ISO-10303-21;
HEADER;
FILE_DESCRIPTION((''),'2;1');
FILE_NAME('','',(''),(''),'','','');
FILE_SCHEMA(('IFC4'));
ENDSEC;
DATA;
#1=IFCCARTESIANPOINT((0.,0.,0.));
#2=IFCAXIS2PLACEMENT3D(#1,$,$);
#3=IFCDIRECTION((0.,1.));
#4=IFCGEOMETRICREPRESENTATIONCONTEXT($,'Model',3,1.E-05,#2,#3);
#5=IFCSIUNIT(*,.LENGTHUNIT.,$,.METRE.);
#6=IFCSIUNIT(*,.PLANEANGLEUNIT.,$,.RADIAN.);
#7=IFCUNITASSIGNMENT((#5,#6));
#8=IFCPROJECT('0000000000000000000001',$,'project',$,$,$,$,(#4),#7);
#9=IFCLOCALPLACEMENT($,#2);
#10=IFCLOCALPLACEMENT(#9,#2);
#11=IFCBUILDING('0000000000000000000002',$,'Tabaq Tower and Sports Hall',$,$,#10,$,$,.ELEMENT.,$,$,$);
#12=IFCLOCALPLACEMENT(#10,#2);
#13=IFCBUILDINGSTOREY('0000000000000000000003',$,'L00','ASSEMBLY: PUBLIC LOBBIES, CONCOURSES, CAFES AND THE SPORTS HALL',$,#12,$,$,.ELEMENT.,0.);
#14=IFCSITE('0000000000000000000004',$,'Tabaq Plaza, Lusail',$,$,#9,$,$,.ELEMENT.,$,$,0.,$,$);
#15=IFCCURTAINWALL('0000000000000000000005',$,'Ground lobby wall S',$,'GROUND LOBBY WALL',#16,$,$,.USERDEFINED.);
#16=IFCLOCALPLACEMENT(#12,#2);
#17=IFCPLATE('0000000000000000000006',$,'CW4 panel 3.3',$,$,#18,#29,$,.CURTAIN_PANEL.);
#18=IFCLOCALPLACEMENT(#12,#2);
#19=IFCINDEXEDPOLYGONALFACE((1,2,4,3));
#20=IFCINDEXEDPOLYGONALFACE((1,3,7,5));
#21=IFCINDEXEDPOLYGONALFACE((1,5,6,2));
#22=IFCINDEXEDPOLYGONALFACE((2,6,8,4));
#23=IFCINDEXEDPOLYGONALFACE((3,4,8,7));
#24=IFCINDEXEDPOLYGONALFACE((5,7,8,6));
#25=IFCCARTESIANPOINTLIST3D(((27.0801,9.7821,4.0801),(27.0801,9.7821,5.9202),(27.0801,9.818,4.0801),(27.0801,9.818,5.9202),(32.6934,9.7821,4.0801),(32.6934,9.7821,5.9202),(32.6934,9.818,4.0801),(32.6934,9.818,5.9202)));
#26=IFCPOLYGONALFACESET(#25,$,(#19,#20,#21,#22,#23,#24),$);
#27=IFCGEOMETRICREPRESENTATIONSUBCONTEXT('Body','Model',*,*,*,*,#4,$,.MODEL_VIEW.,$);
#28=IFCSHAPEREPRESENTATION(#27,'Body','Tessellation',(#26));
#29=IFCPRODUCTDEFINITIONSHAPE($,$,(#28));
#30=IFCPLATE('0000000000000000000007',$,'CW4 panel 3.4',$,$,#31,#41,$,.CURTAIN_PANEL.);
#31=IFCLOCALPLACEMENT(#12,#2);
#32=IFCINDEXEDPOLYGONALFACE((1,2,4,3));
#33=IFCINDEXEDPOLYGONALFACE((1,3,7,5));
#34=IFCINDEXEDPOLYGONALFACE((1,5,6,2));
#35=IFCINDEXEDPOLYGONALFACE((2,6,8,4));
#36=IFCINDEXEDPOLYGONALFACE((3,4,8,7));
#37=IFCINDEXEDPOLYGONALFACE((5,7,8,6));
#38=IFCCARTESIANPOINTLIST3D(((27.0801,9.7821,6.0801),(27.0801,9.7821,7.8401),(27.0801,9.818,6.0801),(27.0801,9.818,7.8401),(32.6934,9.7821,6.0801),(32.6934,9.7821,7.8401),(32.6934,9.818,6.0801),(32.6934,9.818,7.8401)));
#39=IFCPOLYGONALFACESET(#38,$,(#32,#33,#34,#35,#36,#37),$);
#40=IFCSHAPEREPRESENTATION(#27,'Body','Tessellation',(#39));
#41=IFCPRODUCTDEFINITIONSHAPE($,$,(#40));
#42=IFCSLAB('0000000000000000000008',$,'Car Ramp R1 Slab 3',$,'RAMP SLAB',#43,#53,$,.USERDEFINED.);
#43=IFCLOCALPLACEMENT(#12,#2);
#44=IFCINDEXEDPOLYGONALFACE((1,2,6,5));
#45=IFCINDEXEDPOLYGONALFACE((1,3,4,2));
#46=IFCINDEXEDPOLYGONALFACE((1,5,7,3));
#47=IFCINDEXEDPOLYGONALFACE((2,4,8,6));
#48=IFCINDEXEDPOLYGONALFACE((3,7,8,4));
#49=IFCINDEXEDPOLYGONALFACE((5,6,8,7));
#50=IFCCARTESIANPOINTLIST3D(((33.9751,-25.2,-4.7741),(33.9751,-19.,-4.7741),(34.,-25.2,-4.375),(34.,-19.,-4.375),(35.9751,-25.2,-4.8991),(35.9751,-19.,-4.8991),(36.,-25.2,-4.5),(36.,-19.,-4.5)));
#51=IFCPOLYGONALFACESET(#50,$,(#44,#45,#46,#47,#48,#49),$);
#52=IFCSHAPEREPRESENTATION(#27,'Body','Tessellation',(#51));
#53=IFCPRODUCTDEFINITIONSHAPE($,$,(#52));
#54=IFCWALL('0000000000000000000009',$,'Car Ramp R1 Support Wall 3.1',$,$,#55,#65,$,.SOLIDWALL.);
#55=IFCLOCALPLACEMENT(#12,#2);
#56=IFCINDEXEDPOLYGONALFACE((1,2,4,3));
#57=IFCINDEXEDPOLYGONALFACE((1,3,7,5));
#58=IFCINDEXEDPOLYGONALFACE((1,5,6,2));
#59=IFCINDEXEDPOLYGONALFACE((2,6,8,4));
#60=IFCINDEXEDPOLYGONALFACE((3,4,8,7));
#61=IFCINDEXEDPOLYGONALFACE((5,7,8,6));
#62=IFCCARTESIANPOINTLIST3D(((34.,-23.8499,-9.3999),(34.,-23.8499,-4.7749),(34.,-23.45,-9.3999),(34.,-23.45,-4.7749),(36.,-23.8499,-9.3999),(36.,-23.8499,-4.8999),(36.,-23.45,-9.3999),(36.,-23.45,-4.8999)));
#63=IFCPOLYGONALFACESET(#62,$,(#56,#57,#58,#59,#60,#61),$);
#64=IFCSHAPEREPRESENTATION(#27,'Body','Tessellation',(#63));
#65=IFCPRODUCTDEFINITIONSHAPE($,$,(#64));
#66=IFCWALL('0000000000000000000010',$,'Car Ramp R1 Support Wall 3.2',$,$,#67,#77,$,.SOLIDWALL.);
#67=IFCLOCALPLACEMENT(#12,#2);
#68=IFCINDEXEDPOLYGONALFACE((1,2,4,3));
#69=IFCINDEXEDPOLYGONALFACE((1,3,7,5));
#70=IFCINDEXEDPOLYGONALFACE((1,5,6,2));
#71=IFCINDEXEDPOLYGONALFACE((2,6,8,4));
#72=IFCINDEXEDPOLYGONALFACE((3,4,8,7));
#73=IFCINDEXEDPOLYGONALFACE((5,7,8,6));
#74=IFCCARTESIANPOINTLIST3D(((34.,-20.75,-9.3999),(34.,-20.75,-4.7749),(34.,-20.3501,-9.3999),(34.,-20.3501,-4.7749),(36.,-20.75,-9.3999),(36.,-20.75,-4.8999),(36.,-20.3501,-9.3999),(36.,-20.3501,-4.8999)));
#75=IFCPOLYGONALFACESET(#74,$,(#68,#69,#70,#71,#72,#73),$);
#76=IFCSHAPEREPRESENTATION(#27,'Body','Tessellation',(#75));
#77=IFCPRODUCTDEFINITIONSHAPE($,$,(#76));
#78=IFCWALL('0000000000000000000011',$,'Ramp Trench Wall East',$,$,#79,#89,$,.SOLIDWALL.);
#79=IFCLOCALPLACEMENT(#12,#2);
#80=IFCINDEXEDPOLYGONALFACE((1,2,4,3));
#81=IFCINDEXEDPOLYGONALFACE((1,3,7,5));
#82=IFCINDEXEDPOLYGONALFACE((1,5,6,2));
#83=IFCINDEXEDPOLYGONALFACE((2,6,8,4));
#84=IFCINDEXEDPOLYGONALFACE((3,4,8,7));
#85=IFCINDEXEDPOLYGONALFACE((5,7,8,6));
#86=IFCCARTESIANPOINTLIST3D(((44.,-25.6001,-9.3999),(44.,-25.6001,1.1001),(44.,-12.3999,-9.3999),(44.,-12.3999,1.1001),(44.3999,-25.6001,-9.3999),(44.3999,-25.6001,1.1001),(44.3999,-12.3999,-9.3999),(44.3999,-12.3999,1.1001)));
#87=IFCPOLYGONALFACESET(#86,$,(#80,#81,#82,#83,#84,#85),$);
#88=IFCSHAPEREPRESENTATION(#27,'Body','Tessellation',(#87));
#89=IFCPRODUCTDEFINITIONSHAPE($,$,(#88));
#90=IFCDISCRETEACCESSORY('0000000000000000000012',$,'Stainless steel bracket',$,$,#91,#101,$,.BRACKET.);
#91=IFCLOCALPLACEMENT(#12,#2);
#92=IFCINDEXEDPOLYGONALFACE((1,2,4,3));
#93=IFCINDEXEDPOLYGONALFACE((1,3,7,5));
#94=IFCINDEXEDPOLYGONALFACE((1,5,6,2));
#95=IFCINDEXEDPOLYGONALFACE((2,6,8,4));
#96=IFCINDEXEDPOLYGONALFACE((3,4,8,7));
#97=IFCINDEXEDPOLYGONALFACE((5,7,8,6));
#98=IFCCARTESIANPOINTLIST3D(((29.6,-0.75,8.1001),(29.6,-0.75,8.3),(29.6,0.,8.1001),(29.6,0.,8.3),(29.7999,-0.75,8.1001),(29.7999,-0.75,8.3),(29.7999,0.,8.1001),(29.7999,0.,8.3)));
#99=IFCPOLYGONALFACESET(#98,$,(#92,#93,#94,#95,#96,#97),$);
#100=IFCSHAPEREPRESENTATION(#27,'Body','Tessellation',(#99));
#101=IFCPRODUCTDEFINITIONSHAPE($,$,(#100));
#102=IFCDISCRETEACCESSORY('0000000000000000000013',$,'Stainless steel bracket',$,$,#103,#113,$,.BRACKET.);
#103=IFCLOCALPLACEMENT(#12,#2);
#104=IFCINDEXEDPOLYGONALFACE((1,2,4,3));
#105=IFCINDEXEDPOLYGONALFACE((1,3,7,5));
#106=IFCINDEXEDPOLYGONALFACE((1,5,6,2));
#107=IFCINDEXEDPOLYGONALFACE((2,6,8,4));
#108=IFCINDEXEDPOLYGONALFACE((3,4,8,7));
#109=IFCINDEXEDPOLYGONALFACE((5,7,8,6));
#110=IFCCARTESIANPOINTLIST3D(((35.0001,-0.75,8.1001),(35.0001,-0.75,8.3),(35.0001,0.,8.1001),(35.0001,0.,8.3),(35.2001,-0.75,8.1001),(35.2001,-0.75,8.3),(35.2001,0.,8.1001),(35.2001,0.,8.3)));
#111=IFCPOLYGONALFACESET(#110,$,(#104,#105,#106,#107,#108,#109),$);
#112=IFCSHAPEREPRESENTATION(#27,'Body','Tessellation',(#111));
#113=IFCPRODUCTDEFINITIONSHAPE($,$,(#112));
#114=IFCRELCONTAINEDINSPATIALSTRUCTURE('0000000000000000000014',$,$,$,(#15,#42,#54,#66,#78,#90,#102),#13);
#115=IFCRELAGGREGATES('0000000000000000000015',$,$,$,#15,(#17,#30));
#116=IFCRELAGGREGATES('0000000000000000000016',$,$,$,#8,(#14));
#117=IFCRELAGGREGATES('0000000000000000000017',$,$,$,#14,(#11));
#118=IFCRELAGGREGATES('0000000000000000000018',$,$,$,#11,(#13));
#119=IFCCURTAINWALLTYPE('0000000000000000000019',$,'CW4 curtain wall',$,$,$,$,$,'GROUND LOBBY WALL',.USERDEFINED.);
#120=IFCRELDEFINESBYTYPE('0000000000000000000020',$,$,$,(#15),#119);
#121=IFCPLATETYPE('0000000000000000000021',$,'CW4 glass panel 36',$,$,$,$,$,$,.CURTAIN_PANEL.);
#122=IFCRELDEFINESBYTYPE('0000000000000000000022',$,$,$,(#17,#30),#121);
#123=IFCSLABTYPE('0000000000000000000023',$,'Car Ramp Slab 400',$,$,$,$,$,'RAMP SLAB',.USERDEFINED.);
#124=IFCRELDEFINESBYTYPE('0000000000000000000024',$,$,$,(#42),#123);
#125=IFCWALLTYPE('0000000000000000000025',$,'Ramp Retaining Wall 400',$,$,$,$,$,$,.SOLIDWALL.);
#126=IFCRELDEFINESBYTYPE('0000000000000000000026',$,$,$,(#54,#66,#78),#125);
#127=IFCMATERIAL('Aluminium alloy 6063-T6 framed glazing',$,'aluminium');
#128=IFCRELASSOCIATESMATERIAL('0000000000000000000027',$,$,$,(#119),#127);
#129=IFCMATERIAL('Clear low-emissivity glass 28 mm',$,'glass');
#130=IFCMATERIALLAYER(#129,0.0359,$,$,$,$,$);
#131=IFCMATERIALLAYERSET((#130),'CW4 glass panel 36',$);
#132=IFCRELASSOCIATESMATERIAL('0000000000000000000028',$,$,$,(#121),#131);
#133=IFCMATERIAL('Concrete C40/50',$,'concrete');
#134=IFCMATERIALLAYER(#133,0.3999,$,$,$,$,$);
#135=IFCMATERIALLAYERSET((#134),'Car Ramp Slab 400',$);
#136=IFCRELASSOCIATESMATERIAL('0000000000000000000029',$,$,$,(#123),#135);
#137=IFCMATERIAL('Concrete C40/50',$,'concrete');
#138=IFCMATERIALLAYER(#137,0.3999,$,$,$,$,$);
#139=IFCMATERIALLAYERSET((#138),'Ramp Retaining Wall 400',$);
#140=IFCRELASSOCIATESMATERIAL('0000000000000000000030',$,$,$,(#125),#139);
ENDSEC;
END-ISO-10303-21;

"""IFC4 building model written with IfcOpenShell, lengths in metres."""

from ifc_helpers import new_model, si_unit, direction, frame, frame_2d, origin, origin_2d, place, context, subcontext, project, spatial, polyline, rectangle, outline, extrude, material, layer, layer_set, type_object, element, aggregate, save


model = new_model("IFC4")

# Units and contexts
model_context = context("Model", 3, precision=1e-05, world=origin(), true_north=direction((0.0, 1.0)))
body_context = subcontext(model_context, "Body", "Model", "MODEL_VIEW")
ifc_project = project(units=[si_unit("LENGTHUNIT", "METRE"), si_unit("PLANEANGLEUNIT", "RADIAN")], contexts=[model_context])

# Site, building, storey
site_placement = place(None, origin())
site = spatial("IfcSite", under=ifc_project, at=site_placement, Name="Tabaq Plaza, Lusail", CompositionType="ELEMENT", RefElevation=0.0)
building_placement = place(site_placement, origin())
building = spatial("IfcBuilding", under=site, at=building_placement, Name="Tabaq Tower and Sports Hall", CompositionType="ELEMENT")
storey_placement = place(building_placement, origin())
storey = spatial("IfcBuildingStorey", under=building, at=storey_placement, Name="L00", Description="ASSEMBLY: PUBLIC LOBBIES, CONCOURSES, CAFES AND THE SPORTS HALL", CompositionType="ELEMENT", Elevation=0.0)

# Curtain wall, plates
ifc_material_1 = material(Name="Aluminium alloy 6063-T6 framed glazing", Category="aluminium")
curtain_wall_type = type_object("IfcCurtainWallType", Name="CW4 curtain wall", ElementType="GROUND LOBBY WALL", PredefinedType="USERDEFINED", material=ifc_material_1)
curtain_wall_placement = place(storey_placement, origin())
curtain_wall = element("IfcCurtainWall", 1, at=curtain_wall_placement, inside=storey, type_object=curtain_wall_type, Name="Ground lobby wall S", ObjectType="GROUND LOBBY WALL", PredefinedType="USERDEFINED")
ifc_material_2 = material(Name="Clear low-emissivity glass 28 mm", Category="glass")
ifc_layer_1 = layer(ifc_material_2, 0.0359)
ifc_layer_set_1 = layer_set([ifc_layer_1], Name="CW4 glass panel 36")
plate_type = type_object("IfcPlateType", Name="CW4 glass panel 36", PredefinedType="CURTAIN_PANEL", material=ifc_layer_set_1)
plate_1_placement = place(storey_placement, frame((29.8867, 9.8, 4.0801), z_axis=(0.0, 0.0, 1.0), x_axis=(-1.0, 0.0, 0.0)))
plate_1 = element("IfcPlate", 2, at=plate_1_placement, type_object=plate_type, Name="CW4 panel 3.3", PredefinedType="CURTAIN_PANEL", context=body_context, shape_type="SweptSolid", body=[
    extrude(rectangle(XDim=5.6133, YDim=0.0359, at=origin_2d()), origin(), (0.0, 0.0, 1.0), 1.8401),
])
plate_2_placement = place(storey_placement, frame((29.8867, 9.8, 6.0801), z_axis=(0.0, 0.0, 1.0), x_axis=(-1.0, 0.0, 0.0)))
plate_2 = element("IfcPlate", 3, at=plate_2_placement, type_object=plate_type, Name="CW4 panel 3.4", PredefinedType="CURTAIN_PANEL", context=body_context, shape_type="SweptSolid", body=[
    extrude(rectangle(XDim=5.6133, YDim=0.0359, at=origin_2d()), origin(), (0.0, 0.0, 1.0), 1.76),
])
aggregate(curtain_wall, [plate_1, plate_2])

# Slab
ifc_material_3 = material(Name="Concrete C40/50", Category="concrete")
ifc_layer_2 = layer(ifc_material_3, 0.3999)
ifc_layer_set_2 = layer_set([ifc_layer_2], Name="Car Ramp Slab 400")
slab_type = type_object("IfcSlabType", Name="Car Ramp Slab 400", ElementType="RAMP SLAB", PredefinedType="USERDEFINED", material=ifc_layer_set_2)
slab_placement = place(storey_placement, frame((34.0, -25.2, -4.375), z_axis=(0.062378, 0.0, 0.998053), x_axis=(0.998053, 0.0, -0.062378)))
element("IfcSlab", 4, at=slab_placement, inside=storey, type_object=slab_type, Name="Car Ramp R1 Slab 3", ObjectType="RAMP SLAB", PredefinedType="USERDEFINED", context=body_context, shape_type="SweptSolid", body=[
    extrude(outline(polyline([(0.0, 0.0), (2.0039, 0.0), (2.0039, 6.2), (0.0, 6.2), (0.0, 0.0)])), origin(), (0.0, 0.0, -1.0), 0.3999),
])

# Walls
ifc_material_4 = material(Name="Concrete C40/50", Category="concrete")
ifc_layer_3 = layer(ifc_material_4, 0.3999)
ifc_layer_set_3 = layer_set([ifc_layer_3], Name="Ramp Retaining Wall 400")
wall_type = type_object("IfcWallType", Name="Ramp Retaining Wall 400", PredefinedType="SOLIDWALL", material=ifc_layer_set_3)
for number, where, z_axis, x_axis, name in (
    (5, (34.0, -23.6499, -9.3999), (0.0, 0.0, 1.0), (1.0, 0.0, 0.0), "Car Ramp R1 Support Wall 3.1"),
    (6, (34.0, -20.55, -9.3999), (0.0, 0.0, 1.0), (1.0, 0.0, 0.0), "Car Ramp R1 Support Wall 3.2"),
):
    element("IfcWall", number, at=place(storey_placement, frame(where, z_axis=z_axis, x_axis=x_axis)), inside=storey, type_object=wall_type, Name=name, PredefinedType="SOLIDWALL", context=body_context, shape_type="SweptSolid", body=[
        extrude(outline(polyline([(0.0, 0.0), (2.0, 0.0), (2.0, 4.5), (0.0, 4.625), (0.0, 0.0)])), frame((0.0, 0.2, 0.0), z_axis=(0.0, -1.0, 0.0), x_axis=(1.0, 0.0, 0.0)), (0.0, 0.0, 1.0), 0.3999),
    ])
wall_placement = place(storey_placement, frame((44.2, -25.6001, -9.3999), z_axis=(0.0, 0.0, 1.0), x_axis=(0.0, 1.0, 0.0)))
element("IfcWall", 7, at=wall_placement, inside=storey, type_object=wall_type, Name="Ramp Trench Wall East", PredefinedType="SOLIDWALL", context=body_context, shape_type="SweptSolid", body=[
    extrude(rectangle(XDim=13.2002, YDim=0.3999, at=frame_2d((6.6001, 0.0))), origin(), (0.0, 0.0, 1.0), 10.5),
])

# Discrete accessories
for number, where, z_axis, x_axis, name in (
    (8, (29.7, -0.375, 8.1001), (0.0, 0.0, 1.0), (-1.0, 0.0, 0.0), "Stainless steel bracket"),
    (9, (35.1001, -0.375, 8.1001), (0.0, 0.0, 1.0), (-1.0, 0.0, 0.0), "Stainless steel bracket"),
):
    element("IfcDiscreteAccessory", number, at=place(storey_placement, frame(where, z_axis=z_axis, x_axis=x_axis)), inside=storey, Name=name, PredefinedType="BRACKET", context=body_context, shape_type="SweptSolid", body=[
        extrude(rectangle(XDim=0.2, YDim=0.75, at=origin_2d()), origin(), (0.0, 0.0, 1.0), 0.2),
    ])

save(model, "model.ifc")
